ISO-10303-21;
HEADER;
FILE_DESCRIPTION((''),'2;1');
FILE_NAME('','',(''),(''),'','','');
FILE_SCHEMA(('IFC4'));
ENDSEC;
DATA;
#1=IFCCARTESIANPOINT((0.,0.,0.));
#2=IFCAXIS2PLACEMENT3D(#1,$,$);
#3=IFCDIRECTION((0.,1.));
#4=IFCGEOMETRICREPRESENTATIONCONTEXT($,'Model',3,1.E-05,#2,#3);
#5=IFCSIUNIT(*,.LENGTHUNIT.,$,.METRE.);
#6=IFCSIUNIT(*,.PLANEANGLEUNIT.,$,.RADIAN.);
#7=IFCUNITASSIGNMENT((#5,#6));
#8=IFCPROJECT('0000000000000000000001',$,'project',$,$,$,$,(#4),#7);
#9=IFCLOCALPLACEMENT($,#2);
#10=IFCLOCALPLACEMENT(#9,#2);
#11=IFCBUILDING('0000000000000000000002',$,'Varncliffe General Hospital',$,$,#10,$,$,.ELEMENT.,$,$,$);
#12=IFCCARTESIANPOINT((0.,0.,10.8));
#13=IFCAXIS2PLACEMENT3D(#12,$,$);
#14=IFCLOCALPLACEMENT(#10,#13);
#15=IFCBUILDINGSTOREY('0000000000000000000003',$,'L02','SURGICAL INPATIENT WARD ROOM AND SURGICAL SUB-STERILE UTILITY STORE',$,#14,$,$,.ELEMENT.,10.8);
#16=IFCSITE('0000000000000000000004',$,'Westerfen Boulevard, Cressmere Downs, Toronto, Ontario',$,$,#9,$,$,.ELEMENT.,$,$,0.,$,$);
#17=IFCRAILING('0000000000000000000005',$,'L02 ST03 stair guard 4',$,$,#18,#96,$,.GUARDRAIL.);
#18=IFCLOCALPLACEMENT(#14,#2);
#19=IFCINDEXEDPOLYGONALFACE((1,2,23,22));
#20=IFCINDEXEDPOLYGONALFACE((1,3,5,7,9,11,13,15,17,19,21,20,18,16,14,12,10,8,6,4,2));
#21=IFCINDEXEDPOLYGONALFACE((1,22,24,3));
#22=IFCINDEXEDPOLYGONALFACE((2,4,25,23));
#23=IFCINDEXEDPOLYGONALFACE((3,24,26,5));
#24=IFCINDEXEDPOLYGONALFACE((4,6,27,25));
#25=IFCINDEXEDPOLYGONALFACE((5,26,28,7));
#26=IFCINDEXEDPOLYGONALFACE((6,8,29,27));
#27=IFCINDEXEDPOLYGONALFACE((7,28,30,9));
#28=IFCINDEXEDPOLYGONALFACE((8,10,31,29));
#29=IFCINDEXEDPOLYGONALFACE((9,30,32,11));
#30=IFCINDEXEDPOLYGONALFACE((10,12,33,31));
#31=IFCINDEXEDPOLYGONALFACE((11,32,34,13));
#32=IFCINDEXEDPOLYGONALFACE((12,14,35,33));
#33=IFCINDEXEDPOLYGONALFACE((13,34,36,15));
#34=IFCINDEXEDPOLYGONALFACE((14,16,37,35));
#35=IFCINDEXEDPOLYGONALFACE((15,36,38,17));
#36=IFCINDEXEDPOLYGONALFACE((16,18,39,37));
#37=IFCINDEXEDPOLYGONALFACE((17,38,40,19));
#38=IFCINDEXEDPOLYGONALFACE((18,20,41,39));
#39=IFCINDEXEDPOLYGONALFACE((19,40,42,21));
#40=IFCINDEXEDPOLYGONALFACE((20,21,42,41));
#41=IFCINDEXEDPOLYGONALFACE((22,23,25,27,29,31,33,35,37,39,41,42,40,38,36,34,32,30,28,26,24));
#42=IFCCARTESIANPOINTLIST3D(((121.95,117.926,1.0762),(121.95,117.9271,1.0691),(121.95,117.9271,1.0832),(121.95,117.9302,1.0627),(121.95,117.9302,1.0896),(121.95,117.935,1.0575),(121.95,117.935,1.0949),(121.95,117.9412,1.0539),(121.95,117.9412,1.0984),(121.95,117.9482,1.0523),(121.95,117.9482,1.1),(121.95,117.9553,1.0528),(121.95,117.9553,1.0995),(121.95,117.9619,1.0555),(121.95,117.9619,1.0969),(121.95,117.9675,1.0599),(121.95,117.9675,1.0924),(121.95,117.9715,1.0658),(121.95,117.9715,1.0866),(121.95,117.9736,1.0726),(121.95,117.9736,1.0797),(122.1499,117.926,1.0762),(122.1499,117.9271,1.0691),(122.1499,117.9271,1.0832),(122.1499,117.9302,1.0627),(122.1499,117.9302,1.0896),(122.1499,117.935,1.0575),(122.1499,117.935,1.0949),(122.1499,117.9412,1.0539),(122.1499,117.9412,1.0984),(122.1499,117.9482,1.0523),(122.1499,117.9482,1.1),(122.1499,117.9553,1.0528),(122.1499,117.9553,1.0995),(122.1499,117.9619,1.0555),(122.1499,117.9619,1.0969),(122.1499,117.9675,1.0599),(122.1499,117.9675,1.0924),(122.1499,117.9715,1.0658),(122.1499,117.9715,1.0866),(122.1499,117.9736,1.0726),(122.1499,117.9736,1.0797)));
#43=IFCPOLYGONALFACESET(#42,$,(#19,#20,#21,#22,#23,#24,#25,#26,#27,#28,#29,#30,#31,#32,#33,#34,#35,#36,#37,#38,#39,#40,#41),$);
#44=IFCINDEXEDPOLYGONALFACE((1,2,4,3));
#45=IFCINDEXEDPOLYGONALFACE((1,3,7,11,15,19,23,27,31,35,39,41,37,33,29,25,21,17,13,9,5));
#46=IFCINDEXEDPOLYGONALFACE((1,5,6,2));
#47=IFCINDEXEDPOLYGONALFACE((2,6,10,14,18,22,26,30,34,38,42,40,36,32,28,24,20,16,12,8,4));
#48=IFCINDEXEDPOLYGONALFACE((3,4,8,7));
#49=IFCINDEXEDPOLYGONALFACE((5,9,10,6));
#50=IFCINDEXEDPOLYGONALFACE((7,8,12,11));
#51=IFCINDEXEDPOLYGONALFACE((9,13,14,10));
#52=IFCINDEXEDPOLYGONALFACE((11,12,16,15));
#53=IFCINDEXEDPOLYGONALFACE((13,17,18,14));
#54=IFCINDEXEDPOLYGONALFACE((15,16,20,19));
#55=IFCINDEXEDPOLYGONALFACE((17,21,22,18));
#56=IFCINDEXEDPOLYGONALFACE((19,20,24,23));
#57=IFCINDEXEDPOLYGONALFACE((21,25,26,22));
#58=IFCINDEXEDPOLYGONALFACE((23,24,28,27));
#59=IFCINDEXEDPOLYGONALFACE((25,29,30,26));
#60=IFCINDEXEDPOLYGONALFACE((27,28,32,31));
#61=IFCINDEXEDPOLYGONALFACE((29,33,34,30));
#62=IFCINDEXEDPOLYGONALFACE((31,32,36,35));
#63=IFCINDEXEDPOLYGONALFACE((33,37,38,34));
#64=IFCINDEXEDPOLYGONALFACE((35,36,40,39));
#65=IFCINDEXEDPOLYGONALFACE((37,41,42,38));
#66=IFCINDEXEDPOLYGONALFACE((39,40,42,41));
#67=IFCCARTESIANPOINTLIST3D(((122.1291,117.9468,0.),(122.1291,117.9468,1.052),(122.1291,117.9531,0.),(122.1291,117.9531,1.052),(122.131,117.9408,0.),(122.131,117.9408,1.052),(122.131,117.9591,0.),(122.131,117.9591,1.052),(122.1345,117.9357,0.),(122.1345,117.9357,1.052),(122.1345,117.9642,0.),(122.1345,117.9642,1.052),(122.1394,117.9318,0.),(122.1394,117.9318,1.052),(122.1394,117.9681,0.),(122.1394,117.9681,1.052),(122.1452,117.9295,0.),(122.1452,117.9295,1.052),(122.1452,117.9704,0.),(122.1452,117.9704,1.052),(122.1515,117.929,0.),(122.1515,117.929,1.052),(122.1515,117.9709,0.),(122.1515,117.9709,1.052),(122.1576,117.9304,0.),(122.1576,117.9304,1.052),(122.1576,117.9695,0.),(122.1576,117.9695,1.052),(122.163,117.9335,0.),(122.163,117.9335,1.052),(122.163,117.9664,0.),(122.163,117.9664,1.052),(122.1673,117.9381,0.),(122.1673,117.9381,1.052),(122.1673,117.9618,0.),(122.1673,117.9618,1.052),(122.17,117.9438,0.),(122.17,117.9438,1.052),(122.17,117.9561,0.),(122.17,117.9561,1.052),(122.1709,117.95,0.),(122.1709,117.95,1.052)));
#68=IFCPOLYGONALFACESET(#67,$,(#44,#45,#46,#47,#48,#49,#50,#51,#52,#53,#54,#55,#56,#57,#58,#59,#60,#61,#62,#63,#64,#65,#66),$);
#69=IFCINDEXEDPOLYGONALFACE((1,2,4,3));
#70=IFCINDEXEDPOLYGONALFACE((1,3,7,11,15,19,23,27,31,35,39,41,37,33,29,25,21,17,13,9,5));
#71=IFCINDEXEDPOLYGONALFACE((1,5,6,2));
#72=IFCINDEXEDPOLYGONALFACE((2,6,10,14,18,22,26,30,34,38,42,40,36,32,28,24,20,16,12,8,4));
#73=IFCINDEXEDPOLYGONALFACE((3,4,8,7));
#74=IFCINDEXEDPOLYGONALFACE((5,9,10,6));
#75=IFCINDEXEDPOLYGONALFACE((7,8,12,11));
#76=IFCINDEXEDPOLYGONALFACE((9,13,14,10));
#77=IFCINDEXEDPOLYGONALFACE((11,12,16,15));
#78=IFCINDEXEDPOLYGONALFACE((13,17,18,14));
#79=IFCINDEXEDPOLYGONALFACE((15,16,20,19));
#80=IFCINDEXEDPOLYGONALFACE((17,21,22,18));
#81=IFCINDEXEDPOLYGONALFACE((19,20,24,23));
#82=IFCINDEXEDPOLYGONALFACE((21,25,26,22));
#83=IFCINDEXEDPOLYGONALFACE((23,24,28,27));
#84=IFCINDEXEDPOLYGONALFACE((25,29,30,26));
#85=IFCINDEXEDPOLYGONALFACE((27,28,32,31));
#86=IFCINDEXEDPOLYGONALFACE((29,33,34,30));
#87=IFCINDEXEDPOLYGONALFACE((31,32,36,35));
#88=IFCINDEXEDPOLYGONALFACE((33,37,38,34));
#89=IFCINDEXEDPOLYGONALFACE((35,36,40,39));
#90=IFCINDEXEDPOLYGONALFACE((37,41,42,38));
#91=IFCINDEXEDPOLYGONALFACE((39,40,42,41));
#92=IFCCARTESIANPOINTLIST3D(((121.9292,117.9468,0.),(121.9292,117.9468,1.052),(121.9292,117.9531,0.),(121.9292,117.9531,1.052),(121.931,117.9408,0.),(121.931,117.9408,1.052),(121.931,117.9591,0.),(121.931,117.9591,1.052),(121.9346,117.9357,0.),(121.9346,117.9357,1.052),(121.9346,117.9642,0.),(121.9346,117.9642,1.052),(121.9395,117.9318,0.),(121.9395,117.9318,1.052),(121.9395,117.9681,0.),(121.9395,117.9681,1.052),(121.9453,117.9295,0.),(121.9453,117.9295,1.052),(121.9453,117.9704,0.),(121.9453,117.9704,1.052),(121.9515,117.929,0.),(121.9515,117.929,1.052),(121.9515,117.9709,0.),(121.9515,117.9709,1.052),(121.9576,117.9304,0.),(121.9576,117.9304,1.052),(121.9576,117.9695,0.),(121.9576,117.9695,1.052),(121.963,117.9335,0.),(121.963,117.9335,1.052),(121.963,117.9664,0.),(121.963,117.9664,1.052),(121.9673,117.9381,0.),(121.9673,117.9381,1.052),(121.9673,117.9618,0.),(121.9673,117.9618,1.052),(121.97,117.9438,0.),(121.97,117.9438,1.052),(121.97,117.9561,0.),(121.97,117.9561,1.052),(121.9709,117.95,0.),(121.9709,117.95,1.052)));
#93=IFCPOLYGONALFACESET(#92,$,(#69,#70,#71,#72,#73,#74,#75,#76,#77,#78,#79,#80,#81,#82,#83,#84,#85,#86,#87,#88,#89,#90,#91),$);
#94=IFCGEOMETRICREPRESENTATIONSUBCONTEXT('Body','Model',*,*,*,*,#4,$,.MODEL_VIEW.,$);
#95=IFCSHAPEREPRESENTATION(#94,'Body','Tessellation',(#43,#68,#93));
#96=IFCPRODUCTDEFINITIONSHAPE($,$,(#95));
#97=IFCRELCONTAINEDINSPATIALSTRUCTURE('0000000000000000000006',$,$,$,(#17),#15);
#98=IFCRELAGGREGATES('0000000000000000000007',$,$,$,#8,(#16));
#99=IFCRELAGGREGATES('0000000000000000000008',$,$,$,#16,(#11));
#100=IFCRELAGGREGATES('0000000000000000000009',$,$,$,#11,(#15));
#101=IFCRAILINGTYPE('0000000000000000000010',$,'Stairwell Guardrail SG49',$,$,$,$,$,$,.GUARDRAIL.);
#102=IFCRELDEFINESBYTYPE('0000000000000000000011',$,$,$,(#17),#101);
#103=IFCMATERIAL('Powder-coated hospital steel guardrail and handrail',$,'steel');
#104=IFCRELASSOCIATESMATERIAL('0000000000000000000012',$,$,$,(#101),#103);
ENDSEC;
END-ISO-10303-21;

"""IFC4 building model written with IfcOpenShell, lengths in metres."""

from ifc_helpers import new_model, si_unit, direction, frame, origin, origin_2d, place, context, subcontext, project, spatial, circle, extrude, material, type_object, element, save


model = new_model("IFC4")

# Units and contexts
model_context = context("Model", 3, precision=1e-05, world=origin(), true_north=direction((0.0, 1.0)))
body_context = subcontext(model_context, "Body", "Model", "MODEL_VIEW")
ifc_project = project(units=[si_unit("LENGTHUNIT", "METRE"), si_unit("PLANEANGLEUNIT", "RADIAN")], contexts=[model_context])

# Site, building, storey
site_placement = place(None, origin())
site = spatial("IfcSite", under=ifc_project, at=site_placement, Name="Westerfen Boulevard, Cressmere Downs, Toronto, Ontario", CompositionType="ELEMENT", RefElevation=0.0)
building_placement = place(site_placement, origin())
building = spatial("IfcBuilding", under=site, at=building_placement, Name="Varncliffe General Hospital", CompositionType="ELEMENT")
storey_placement = place(building_placement, frame((0.0, 0.0, 10.8)))
storey = spatial("IfcBuildingStorey", under=building, at=storey_placement, Name="L02", Description="SURGICAL INPATIENT WARD ROOM AND SURGICAL SUB-STERILE UTILITY STORE", CompositionType="ELEMENT", Elevation=10.8)

# Railing
ifc_material_1 = material(Name="Powder-coated hospital steel guardrail and handrail", Category="steel")
railing_type_1 = type_object("IfcRailingType", Name="Stairwell Guardrail SG49", PredefinedType="GUARDRAIL", material=ifc_material_1)
railing_1_placement = place(storey_placement, frame((122.1499, 117.95, 0.0)))
element("IfcRailing", 1, at=railing_1_placement, inside=storey, type_object=railing_type_1, Name="L02 ST03 stair guard 4", PredefinedType="GUARDRAIL", context=body_context, shape_type="SweptSolid", body=[
    extrude(circle(Radius=0.0239, at=origin_2d()), frame((0.0, 0.0, 1.0762), z_axis=(-1.0, 0.0, 0.0), x_axis=(0.0, -1.0, 0.0)), (0.0, 0.0, 1.0), 0.2),
    extrude(circle(Radius=0.021, at=origin_2d()), origin(), (0.0, 0.0, 1.0), 1.052),
    extrude(circle(Radius=0.021, at=origin_2d()), frame((-0.2, 0.0, 0.0)), (0.0, 0.0, 1.0), 1.052),
])

save(model, "model.ifc")
